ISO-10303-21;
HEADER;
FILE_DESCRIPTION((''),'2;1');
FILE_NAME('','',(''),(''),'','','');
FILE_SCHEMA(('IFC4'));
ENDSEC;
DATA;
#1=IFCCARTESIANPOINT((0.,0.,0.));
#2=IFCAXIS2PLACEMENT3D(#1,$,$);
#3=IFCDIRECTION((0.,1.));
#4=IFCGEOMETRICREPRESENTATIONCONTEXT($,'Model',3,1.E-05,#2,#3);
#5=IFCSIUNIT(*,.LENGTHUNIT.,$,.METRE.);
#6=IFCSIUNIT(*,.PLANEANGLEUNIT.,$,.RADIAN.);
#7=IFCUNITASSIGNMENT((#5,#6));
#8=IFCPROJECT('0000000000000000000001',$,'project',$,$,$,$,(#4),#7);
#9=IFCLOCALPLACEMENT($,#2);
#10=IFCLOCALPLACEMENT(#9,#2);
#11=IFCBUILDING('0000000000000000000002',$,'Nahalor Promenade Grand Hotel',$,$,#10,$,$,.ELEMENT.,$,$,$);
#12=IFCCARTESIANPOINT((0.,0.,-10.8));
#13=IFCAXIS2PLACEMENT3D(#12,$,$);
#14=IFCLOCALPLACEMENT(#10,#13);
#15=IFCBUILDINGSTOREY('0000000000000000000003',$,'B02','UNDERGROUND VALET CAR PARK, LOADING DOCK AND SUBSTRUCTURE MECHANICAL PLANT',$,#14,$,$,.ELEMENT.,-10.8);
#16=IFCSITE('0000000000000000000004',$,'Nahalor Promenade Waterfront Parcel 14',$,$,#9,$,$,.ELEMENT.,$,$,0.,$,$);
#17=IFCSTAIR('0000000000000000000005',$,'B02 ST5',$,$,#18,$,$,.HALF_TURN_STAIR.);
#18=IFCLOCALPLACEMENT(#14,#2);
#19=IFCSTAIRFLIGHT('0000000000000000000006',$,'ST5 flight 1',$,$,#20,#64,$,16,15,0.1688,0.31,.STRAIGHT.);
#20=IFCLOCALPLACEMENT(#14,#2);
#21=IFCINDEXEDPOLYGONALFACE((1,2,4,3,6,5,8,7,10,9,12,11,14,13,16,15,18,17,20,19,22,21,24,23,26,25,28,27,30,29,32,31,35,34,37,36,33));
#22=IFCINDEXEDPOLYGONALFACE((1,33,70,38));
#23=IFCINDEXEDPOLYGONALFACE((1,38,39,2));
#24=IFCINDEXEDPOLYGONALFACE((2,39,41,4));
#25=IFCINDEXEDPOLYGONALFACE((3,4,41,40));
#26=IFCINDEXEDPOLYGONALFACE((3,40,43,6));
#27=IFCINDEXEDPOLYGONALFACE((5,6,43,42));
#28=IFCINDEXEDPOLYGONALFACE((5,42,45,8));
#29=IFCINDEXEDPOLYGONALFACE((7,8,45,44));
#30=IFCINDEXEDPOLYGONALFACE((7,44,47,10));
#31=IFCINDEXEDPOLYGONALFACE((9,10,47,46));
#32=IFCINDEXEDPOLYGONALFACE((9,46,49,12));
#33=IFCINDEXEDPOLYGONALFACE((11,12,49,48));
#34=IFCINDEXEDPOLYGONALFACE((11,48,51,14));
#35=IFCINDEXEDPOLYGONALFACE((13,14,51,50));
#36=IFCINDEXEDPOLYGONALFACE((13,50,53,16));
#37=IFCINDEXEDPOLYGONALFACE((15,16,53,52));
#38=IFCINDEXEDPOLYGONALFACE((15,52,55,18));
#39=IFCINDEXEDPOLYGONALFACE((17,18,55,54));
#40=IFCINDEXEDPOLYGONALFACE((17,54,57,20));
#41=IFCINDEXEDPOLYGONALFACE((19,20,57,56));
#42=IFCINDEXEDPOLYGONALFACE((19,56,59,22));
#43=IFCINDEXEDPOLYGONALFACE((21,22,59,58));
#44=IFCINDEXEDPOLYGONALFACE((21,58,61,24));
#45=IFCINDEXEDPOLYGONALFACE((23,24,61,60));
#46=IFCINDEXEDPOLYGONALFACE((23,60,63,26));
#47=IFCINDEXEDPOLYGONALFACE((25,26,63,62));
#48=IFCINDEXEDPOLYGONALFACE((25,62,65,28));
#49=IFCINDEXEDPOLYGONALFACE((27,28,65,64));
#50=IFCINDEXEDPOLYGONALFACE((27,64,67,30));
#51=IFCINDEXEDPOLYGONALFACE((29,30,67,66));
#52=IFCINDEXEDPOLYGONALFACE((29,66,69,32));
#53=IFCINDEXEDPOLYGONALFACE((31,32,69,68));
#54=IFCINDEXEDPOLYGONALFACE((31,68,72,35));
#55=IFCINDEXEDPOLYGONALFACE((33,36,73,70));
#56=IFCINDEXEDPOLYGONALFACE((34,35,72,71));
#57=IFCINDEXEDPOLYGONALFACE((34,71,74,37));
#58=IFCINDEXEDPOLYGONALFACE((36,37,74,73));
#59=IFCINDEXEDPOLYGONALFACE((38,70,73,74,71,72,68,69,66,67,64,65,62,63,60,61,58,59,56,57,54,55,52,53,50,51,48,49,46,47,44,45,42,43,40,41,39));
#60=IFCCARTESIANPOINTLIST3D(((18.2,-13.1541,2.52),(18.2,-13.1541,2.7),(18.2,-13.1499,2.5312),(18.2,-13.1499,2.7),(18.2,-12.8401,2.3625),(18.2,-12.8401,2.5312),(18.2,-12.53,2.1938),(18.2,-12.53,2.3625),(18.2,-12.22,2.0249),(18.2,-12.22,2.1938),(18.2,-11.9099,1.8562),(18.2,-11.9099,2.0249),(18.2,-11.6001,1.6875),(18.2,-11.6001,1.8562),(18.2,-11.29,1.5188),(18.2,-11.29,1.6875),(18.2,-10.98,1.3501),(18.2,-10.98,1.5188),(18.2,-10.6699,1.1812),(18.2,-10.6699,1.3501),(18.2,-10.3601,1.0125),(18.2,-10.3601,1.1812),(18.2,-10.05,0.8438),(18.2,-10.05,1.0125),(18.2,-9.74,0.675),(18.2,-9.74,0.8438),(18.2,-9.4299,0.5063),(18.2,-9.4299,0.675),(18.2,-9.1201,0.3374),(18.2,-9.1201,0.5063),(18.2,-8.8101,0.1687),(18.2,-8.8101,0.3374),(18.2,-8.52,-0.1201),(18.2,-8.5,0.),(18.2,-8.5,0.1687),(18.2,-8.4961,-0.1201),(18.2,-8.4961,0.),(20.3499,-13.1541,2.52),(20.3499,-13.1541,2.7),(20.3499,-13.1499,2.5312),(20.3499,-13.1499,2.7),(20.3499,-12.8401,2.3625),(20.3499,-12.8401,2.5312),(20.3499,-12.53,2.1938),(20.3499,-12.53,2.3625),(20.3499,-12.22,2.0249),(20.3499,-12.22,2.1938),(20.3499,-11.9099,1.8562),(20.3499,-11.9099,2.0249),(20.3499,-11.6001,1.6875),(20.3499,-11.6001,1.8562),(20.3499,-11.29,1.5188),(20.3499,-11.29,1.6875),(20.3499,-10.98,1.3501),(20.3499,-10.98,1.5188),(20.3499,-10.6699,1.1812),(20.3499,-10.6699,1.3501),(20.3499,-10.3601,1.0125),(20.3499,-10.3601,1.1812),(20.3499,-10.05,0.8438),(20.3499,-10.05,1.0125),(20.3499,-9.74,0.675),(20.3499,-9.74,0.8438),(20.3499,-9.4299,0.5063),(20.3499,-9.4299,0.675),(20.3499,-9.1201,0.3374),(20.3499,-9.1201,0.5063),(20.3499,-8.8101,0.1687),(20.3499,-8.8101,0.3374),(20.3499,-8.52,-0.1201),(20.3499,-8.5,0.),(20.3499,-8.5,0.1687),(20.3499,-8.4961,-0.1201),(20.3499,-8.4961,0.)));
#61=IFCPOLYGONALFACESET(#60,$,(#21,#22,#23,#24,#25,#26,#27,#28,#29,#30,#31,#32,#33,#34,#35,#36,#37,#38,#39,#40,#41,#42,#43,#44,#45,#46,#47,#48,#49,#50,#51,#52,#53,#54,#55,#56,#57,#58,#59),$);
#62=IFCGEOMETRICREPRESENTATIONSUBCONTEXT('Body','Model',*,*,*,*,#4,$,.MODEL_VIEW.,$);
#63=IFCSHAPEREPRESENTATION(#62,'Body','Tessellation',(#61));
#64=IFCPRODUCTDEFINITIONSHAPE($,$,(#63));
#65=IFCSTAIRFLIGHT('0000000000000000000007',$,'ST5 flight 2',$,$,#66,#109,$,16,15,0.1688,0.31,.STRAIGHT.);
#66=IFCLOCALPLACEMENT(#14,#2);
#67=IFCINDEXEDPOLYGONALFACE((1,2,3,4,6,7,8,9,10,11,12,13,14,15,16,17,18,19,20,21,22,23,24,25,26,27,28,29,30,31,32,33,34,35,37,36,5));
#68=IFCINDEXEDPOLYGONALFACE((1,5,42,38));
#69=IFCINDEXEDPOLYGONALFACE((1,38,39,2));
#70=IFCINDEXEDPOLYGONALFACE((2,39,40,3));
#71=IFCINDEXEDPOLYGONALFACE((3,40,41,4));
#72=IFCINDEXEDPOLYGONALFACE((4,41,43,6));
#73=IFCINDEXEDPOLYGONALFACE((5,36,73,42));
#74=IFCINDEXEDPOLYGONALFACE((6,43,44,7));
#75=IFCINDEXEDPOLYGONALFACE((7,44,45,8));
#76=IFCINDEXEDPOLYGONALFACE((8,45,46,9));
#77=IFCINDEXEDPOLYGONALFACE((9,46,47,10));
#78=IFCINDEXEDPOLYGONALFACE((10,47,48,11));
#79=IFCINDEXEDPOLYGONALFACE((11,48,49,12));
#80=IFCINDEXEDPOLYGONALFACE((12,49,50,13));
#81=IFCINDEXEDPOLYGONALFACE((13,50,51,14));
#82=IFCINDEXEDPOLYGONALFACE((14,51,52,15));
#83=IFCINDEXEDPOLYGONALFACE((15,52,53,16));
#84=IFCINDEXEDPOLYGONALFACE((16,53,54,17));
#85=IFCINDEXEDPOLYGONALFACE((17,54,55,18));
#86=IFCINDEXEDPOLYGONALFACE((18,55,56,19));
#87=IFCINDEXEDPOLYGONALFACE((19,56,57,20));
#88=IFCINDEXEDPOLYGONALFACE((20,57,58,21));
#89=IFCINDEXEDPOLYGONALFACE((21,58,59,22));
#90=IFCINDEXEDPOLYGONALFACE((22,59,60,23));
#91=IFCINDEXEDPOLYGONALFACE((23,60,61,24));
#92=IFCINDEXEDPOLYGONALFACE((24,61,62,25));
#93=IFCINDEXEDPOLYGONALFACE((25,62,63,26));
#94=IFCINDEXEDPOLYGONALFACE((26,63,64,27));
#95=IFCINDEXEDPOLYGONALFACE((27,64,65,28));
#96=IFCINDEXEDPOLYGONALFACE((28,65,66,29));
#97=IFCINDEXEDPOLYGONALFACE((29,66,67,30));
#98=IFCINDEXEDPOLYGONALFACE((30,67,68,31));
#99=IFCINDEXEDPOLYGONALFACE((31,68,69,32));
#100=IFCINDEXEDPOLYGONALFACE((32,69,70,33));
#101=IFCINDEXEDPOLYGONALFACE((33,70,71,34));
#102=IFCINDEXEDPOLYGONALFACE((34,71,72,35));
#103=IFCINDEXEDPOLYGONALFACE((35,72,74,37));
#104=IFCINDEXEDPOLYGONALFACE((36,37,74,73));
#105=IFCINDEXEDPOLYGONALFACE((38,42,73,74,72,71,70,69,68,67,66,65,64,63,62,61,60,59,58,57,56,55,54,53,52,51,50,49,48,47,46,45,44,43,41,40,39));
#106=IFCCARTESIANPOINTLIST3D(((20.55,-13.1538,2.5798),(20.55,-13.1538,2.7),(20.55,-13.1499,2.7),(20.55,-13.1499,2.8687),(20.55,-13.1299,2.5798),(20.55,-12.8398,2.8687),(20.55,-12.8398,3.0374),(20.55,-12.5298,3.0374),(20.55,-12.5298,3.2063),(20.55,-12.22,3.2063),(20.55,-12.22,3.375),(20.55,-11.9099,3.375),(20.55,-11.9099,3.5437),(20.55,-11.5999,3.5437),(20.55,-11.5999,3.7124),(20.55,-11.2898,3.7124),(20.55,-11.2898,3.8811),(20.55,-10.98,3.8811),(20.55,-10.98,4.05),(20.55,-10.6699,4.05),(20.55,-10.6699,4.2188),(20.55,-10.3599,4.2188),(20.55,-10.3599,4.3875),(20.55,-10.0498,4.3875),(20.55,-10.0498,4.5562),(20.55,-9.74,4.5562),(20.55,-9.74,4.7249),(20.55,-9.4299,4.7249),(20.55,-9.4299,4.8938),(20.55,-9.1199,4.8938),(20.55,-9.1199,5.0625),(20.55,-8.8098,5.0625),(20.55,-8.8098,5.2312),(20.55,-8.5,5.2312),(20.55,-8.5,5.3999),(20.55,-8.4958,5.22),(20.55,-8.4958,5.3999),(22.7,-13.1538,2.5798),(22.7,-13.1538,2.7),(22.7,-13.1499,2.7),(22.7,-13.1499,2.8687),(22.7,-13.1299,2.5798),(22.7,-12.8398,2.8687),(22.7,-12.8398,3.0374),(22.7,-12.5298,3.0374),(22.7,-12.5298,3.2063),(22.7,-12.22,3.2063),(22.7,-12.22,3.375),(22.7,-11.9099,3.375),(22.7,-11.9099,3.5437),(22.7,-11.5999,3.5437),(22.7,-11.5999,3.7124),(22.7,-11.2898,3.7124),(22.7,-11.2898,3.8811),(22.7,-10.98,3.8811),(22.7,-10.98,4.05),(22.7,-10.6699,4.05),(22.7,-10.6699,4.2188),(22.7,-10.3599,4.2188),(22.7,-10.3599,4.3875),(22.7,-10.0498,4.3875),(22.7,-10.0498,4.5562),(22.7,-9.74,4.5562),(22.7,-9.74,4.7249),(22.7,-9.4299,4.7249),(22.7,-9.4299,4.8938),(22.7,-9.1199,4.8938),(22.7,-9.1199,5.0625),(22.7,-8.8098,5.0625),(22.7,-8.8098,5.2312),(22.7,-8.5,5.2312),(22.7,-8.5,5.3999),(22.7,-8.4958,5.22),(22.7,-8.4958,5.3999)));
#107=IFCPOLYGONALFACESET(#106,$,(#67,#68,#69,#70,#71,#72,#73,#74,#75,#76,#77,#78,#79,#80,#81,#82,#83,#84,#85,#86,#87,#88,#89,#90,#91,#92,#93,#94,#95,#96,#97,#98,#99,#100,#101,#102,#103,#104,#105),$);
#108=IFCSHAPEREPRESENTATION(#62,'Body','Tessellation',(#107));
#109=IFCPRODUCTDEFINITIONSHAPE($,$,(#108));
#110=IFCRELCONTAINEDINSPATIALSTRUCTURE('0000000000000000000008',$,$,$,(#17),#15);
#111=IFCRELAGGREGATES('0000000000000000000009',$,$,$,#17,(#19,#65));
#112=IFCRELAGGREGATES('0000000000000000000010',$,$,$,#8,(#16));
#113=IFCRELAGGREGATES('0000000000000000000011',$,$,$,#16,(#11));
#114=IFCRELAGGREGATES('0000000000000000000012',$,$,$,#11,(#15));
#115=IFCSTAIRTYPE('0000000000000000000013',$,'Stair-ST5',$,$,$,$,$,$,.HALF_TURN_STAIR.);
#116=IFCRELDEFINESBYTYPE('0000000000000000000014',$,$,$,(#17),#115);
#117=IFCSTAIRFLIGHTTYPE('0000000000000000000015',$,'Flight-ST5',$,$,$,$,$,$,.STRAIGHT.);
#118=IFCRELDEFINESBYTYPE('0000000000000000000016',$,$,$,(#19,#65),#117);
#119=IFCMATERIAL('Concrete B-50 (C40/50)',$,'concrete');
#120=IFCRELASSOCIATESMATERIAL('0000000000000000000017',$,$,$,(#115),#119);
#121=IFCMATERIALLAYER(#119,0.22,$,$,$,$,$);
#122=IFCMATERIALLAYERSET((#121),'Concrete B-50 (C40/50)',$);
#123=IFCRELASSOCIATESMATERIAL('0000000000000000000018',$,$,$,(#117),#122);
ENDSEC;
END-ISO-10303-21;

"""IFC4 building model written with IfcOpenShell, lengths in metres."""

from ifc_helpers import new_model, si_unit, direction, frame, origin, place, context, subcontext, project, spatial, polyline, outline, extrude, source, transform, mapped, material, layer, layer_set, type_object, element, aggregate, save


model = new_model("IFC4")

# Units and contexts
model_context = context("Model", 3, precision=1e-05, world=origin(), true_north=direction((0.0, 1.0)))
body_context = subcontext(model_context, "Body", "Model", "MODEL_VIEW")
ifc_project = project(units=[si_unit("LENGTHUNIT", "METRE"), si_unit("PLANEANGLEUNIT", "RADIAN")], contexts=[model_context])

# Site, building, storey
site_placement = place(None, origin())
site = spatial("IfcSite", under=ifc_project, at=site_placement, Name="Nahalor Promenade Waterfront Parcel 14", CompositionType="ELEMENT", RefElevation=0.0)
building_placement = place(site_placement, origin())
building = spatial("IfcBuilding", under=site, at=building_placement, Name="Nahalor Promenade Grand Hotel", CompositionType="ELEMENT")
storey_placement = place(building_placement, frame((0.0, 0.0, -10.8)))
storey = spatial("IfcBuildingStorey", under=building, at=storey_placement, Name="B02", Description="UNDERGROUND VALET CAR PARK, LOADING DOCK AND SUBSTRUCTURE MECHANICAL PLANT", CompositionType="ELEMENT", Elevation=-10.8)

# Shared definitions
ifc_material_1 = material(Name="Concrete B-50 (C40/50)", Category="concrete")

# Stair, stair flights
stair_type = type_object("IfcStairType", Name="Stair-ST5", PredefinedType="HALF_TURN_STAIR", material=ifc_material_1)
stair_placement = place(storey_placement, origin())
stair = element("IfcStair", 1, at=stair_placement, inside=storey, type_object=stair_type, Name="B02 ST5", PredefinedType="HALF_TURN_STAIR")
ifc_layer_1 = layer(ifc_material_1, 0.22)
ifc_layer_set_1 = layer_set([ifc_layer_1], Name="Concrete B-50 (C40/50)")
stair_flight_type = type_object("IfcStairFlightType", Name="Flight-ST5", PredefinedType="STRAIGHT", material=ifc_layer_set_1)
shared_shape_1 = source(origin(), body_context, "Body", "SweptSolid", [
    extrude(outline(polyline([(-0.0039, -0.1201), (-0.0039, 0.0), (0.0, 0.0), (0.0, 0.1687), (0.3101, 0.1687), (0.3101, 0.3374), (0.6201, 0.3374), (0.6201, 0.5063), (0.9299, 0.5063), (0.9299, 0.675), (1.24, 0.675), (1.24, 0.8438), (1.55, 0.8438), (1.55, 1.0125), (1.8601, 1.0125), (1.8601, 1.1812), (2.1699, 1.1812), (2.1699, 1.3501), (2.48, 1.3501), (2.48, 1.5188), (2.79, 1.5188), (2.79, 1.6875), (3.1001, 1.6875), (3.1001, 1.8562), (3.4099, 1.8562), (3.4099, 2.0249), (3.72, 2.0249), (3.72, 2.1938), (4.03, 2.1938), (4.03, 2.3625), (4.3401, 2.3625), (4.3401, 2.5312), (4.6499, 2.5312), (4.6499, 2.7), (4.6541, 2.7), (4.6541, 2.52), (0.02, -0.1201), (-0.0039, -0.1201)])), frame((0.0, 1.075, 0.0), z_axis=(0.0, -1.0, 0.0), x_axis=(1.0, 0.0, 0.0)), (0.0, 0.0, 1.0), 2.1499),
])
stair_flight_1_placement = place(storey_placement, frame((19.2749, -8.5, 0.0), z_axis=(0.0, 0.0, 1.0), x_axis=(0.0, -1.0, 0.0)))
stair_flight_1 = element("IfcStairFlight", 2, at=stair_flight_1_placement, type_object=stair_flight_type, Name="ST5 flight 1", NumberOfRisers=16, NumberOfTreads=15, PredefinedType="STRAIGHT", RiserHeight=0.1688, TreadLength=0.31, context=body_context, shape_type="MappedRepresentation", body=[
    mapped(shared_shape_1, transform((0.0, 0.0, 0.0), scale=1.0)),
])
stair_flight_2_placement = place(storey_placement, frame((21.625, -13.1499, 2.7), z_axis=(0.0, 0.0, 1.0), x_axis=(0.0, 1.0, 0.0)))
stair_flight_2 = element("IfcStairFlight", 3, at=stair_flight_2_placement, type_object=stair_flight_type, Name="ST5 flight 2", NumberOfRisers=16, NumberOfTreads=15, PredefinedType="STRAIGHT", RiserHeight=0.1688, TreadLength=0.31, context=body_context, shape_type="MappedRepresentation", body=[
    mapped(shared_shape_1, transform((0.0, 0.0, 0.0), scale=1.0)),
])
aggregate(stair, [stair_flight_1, stair_flight_2])

save(model, "model.ifc")
